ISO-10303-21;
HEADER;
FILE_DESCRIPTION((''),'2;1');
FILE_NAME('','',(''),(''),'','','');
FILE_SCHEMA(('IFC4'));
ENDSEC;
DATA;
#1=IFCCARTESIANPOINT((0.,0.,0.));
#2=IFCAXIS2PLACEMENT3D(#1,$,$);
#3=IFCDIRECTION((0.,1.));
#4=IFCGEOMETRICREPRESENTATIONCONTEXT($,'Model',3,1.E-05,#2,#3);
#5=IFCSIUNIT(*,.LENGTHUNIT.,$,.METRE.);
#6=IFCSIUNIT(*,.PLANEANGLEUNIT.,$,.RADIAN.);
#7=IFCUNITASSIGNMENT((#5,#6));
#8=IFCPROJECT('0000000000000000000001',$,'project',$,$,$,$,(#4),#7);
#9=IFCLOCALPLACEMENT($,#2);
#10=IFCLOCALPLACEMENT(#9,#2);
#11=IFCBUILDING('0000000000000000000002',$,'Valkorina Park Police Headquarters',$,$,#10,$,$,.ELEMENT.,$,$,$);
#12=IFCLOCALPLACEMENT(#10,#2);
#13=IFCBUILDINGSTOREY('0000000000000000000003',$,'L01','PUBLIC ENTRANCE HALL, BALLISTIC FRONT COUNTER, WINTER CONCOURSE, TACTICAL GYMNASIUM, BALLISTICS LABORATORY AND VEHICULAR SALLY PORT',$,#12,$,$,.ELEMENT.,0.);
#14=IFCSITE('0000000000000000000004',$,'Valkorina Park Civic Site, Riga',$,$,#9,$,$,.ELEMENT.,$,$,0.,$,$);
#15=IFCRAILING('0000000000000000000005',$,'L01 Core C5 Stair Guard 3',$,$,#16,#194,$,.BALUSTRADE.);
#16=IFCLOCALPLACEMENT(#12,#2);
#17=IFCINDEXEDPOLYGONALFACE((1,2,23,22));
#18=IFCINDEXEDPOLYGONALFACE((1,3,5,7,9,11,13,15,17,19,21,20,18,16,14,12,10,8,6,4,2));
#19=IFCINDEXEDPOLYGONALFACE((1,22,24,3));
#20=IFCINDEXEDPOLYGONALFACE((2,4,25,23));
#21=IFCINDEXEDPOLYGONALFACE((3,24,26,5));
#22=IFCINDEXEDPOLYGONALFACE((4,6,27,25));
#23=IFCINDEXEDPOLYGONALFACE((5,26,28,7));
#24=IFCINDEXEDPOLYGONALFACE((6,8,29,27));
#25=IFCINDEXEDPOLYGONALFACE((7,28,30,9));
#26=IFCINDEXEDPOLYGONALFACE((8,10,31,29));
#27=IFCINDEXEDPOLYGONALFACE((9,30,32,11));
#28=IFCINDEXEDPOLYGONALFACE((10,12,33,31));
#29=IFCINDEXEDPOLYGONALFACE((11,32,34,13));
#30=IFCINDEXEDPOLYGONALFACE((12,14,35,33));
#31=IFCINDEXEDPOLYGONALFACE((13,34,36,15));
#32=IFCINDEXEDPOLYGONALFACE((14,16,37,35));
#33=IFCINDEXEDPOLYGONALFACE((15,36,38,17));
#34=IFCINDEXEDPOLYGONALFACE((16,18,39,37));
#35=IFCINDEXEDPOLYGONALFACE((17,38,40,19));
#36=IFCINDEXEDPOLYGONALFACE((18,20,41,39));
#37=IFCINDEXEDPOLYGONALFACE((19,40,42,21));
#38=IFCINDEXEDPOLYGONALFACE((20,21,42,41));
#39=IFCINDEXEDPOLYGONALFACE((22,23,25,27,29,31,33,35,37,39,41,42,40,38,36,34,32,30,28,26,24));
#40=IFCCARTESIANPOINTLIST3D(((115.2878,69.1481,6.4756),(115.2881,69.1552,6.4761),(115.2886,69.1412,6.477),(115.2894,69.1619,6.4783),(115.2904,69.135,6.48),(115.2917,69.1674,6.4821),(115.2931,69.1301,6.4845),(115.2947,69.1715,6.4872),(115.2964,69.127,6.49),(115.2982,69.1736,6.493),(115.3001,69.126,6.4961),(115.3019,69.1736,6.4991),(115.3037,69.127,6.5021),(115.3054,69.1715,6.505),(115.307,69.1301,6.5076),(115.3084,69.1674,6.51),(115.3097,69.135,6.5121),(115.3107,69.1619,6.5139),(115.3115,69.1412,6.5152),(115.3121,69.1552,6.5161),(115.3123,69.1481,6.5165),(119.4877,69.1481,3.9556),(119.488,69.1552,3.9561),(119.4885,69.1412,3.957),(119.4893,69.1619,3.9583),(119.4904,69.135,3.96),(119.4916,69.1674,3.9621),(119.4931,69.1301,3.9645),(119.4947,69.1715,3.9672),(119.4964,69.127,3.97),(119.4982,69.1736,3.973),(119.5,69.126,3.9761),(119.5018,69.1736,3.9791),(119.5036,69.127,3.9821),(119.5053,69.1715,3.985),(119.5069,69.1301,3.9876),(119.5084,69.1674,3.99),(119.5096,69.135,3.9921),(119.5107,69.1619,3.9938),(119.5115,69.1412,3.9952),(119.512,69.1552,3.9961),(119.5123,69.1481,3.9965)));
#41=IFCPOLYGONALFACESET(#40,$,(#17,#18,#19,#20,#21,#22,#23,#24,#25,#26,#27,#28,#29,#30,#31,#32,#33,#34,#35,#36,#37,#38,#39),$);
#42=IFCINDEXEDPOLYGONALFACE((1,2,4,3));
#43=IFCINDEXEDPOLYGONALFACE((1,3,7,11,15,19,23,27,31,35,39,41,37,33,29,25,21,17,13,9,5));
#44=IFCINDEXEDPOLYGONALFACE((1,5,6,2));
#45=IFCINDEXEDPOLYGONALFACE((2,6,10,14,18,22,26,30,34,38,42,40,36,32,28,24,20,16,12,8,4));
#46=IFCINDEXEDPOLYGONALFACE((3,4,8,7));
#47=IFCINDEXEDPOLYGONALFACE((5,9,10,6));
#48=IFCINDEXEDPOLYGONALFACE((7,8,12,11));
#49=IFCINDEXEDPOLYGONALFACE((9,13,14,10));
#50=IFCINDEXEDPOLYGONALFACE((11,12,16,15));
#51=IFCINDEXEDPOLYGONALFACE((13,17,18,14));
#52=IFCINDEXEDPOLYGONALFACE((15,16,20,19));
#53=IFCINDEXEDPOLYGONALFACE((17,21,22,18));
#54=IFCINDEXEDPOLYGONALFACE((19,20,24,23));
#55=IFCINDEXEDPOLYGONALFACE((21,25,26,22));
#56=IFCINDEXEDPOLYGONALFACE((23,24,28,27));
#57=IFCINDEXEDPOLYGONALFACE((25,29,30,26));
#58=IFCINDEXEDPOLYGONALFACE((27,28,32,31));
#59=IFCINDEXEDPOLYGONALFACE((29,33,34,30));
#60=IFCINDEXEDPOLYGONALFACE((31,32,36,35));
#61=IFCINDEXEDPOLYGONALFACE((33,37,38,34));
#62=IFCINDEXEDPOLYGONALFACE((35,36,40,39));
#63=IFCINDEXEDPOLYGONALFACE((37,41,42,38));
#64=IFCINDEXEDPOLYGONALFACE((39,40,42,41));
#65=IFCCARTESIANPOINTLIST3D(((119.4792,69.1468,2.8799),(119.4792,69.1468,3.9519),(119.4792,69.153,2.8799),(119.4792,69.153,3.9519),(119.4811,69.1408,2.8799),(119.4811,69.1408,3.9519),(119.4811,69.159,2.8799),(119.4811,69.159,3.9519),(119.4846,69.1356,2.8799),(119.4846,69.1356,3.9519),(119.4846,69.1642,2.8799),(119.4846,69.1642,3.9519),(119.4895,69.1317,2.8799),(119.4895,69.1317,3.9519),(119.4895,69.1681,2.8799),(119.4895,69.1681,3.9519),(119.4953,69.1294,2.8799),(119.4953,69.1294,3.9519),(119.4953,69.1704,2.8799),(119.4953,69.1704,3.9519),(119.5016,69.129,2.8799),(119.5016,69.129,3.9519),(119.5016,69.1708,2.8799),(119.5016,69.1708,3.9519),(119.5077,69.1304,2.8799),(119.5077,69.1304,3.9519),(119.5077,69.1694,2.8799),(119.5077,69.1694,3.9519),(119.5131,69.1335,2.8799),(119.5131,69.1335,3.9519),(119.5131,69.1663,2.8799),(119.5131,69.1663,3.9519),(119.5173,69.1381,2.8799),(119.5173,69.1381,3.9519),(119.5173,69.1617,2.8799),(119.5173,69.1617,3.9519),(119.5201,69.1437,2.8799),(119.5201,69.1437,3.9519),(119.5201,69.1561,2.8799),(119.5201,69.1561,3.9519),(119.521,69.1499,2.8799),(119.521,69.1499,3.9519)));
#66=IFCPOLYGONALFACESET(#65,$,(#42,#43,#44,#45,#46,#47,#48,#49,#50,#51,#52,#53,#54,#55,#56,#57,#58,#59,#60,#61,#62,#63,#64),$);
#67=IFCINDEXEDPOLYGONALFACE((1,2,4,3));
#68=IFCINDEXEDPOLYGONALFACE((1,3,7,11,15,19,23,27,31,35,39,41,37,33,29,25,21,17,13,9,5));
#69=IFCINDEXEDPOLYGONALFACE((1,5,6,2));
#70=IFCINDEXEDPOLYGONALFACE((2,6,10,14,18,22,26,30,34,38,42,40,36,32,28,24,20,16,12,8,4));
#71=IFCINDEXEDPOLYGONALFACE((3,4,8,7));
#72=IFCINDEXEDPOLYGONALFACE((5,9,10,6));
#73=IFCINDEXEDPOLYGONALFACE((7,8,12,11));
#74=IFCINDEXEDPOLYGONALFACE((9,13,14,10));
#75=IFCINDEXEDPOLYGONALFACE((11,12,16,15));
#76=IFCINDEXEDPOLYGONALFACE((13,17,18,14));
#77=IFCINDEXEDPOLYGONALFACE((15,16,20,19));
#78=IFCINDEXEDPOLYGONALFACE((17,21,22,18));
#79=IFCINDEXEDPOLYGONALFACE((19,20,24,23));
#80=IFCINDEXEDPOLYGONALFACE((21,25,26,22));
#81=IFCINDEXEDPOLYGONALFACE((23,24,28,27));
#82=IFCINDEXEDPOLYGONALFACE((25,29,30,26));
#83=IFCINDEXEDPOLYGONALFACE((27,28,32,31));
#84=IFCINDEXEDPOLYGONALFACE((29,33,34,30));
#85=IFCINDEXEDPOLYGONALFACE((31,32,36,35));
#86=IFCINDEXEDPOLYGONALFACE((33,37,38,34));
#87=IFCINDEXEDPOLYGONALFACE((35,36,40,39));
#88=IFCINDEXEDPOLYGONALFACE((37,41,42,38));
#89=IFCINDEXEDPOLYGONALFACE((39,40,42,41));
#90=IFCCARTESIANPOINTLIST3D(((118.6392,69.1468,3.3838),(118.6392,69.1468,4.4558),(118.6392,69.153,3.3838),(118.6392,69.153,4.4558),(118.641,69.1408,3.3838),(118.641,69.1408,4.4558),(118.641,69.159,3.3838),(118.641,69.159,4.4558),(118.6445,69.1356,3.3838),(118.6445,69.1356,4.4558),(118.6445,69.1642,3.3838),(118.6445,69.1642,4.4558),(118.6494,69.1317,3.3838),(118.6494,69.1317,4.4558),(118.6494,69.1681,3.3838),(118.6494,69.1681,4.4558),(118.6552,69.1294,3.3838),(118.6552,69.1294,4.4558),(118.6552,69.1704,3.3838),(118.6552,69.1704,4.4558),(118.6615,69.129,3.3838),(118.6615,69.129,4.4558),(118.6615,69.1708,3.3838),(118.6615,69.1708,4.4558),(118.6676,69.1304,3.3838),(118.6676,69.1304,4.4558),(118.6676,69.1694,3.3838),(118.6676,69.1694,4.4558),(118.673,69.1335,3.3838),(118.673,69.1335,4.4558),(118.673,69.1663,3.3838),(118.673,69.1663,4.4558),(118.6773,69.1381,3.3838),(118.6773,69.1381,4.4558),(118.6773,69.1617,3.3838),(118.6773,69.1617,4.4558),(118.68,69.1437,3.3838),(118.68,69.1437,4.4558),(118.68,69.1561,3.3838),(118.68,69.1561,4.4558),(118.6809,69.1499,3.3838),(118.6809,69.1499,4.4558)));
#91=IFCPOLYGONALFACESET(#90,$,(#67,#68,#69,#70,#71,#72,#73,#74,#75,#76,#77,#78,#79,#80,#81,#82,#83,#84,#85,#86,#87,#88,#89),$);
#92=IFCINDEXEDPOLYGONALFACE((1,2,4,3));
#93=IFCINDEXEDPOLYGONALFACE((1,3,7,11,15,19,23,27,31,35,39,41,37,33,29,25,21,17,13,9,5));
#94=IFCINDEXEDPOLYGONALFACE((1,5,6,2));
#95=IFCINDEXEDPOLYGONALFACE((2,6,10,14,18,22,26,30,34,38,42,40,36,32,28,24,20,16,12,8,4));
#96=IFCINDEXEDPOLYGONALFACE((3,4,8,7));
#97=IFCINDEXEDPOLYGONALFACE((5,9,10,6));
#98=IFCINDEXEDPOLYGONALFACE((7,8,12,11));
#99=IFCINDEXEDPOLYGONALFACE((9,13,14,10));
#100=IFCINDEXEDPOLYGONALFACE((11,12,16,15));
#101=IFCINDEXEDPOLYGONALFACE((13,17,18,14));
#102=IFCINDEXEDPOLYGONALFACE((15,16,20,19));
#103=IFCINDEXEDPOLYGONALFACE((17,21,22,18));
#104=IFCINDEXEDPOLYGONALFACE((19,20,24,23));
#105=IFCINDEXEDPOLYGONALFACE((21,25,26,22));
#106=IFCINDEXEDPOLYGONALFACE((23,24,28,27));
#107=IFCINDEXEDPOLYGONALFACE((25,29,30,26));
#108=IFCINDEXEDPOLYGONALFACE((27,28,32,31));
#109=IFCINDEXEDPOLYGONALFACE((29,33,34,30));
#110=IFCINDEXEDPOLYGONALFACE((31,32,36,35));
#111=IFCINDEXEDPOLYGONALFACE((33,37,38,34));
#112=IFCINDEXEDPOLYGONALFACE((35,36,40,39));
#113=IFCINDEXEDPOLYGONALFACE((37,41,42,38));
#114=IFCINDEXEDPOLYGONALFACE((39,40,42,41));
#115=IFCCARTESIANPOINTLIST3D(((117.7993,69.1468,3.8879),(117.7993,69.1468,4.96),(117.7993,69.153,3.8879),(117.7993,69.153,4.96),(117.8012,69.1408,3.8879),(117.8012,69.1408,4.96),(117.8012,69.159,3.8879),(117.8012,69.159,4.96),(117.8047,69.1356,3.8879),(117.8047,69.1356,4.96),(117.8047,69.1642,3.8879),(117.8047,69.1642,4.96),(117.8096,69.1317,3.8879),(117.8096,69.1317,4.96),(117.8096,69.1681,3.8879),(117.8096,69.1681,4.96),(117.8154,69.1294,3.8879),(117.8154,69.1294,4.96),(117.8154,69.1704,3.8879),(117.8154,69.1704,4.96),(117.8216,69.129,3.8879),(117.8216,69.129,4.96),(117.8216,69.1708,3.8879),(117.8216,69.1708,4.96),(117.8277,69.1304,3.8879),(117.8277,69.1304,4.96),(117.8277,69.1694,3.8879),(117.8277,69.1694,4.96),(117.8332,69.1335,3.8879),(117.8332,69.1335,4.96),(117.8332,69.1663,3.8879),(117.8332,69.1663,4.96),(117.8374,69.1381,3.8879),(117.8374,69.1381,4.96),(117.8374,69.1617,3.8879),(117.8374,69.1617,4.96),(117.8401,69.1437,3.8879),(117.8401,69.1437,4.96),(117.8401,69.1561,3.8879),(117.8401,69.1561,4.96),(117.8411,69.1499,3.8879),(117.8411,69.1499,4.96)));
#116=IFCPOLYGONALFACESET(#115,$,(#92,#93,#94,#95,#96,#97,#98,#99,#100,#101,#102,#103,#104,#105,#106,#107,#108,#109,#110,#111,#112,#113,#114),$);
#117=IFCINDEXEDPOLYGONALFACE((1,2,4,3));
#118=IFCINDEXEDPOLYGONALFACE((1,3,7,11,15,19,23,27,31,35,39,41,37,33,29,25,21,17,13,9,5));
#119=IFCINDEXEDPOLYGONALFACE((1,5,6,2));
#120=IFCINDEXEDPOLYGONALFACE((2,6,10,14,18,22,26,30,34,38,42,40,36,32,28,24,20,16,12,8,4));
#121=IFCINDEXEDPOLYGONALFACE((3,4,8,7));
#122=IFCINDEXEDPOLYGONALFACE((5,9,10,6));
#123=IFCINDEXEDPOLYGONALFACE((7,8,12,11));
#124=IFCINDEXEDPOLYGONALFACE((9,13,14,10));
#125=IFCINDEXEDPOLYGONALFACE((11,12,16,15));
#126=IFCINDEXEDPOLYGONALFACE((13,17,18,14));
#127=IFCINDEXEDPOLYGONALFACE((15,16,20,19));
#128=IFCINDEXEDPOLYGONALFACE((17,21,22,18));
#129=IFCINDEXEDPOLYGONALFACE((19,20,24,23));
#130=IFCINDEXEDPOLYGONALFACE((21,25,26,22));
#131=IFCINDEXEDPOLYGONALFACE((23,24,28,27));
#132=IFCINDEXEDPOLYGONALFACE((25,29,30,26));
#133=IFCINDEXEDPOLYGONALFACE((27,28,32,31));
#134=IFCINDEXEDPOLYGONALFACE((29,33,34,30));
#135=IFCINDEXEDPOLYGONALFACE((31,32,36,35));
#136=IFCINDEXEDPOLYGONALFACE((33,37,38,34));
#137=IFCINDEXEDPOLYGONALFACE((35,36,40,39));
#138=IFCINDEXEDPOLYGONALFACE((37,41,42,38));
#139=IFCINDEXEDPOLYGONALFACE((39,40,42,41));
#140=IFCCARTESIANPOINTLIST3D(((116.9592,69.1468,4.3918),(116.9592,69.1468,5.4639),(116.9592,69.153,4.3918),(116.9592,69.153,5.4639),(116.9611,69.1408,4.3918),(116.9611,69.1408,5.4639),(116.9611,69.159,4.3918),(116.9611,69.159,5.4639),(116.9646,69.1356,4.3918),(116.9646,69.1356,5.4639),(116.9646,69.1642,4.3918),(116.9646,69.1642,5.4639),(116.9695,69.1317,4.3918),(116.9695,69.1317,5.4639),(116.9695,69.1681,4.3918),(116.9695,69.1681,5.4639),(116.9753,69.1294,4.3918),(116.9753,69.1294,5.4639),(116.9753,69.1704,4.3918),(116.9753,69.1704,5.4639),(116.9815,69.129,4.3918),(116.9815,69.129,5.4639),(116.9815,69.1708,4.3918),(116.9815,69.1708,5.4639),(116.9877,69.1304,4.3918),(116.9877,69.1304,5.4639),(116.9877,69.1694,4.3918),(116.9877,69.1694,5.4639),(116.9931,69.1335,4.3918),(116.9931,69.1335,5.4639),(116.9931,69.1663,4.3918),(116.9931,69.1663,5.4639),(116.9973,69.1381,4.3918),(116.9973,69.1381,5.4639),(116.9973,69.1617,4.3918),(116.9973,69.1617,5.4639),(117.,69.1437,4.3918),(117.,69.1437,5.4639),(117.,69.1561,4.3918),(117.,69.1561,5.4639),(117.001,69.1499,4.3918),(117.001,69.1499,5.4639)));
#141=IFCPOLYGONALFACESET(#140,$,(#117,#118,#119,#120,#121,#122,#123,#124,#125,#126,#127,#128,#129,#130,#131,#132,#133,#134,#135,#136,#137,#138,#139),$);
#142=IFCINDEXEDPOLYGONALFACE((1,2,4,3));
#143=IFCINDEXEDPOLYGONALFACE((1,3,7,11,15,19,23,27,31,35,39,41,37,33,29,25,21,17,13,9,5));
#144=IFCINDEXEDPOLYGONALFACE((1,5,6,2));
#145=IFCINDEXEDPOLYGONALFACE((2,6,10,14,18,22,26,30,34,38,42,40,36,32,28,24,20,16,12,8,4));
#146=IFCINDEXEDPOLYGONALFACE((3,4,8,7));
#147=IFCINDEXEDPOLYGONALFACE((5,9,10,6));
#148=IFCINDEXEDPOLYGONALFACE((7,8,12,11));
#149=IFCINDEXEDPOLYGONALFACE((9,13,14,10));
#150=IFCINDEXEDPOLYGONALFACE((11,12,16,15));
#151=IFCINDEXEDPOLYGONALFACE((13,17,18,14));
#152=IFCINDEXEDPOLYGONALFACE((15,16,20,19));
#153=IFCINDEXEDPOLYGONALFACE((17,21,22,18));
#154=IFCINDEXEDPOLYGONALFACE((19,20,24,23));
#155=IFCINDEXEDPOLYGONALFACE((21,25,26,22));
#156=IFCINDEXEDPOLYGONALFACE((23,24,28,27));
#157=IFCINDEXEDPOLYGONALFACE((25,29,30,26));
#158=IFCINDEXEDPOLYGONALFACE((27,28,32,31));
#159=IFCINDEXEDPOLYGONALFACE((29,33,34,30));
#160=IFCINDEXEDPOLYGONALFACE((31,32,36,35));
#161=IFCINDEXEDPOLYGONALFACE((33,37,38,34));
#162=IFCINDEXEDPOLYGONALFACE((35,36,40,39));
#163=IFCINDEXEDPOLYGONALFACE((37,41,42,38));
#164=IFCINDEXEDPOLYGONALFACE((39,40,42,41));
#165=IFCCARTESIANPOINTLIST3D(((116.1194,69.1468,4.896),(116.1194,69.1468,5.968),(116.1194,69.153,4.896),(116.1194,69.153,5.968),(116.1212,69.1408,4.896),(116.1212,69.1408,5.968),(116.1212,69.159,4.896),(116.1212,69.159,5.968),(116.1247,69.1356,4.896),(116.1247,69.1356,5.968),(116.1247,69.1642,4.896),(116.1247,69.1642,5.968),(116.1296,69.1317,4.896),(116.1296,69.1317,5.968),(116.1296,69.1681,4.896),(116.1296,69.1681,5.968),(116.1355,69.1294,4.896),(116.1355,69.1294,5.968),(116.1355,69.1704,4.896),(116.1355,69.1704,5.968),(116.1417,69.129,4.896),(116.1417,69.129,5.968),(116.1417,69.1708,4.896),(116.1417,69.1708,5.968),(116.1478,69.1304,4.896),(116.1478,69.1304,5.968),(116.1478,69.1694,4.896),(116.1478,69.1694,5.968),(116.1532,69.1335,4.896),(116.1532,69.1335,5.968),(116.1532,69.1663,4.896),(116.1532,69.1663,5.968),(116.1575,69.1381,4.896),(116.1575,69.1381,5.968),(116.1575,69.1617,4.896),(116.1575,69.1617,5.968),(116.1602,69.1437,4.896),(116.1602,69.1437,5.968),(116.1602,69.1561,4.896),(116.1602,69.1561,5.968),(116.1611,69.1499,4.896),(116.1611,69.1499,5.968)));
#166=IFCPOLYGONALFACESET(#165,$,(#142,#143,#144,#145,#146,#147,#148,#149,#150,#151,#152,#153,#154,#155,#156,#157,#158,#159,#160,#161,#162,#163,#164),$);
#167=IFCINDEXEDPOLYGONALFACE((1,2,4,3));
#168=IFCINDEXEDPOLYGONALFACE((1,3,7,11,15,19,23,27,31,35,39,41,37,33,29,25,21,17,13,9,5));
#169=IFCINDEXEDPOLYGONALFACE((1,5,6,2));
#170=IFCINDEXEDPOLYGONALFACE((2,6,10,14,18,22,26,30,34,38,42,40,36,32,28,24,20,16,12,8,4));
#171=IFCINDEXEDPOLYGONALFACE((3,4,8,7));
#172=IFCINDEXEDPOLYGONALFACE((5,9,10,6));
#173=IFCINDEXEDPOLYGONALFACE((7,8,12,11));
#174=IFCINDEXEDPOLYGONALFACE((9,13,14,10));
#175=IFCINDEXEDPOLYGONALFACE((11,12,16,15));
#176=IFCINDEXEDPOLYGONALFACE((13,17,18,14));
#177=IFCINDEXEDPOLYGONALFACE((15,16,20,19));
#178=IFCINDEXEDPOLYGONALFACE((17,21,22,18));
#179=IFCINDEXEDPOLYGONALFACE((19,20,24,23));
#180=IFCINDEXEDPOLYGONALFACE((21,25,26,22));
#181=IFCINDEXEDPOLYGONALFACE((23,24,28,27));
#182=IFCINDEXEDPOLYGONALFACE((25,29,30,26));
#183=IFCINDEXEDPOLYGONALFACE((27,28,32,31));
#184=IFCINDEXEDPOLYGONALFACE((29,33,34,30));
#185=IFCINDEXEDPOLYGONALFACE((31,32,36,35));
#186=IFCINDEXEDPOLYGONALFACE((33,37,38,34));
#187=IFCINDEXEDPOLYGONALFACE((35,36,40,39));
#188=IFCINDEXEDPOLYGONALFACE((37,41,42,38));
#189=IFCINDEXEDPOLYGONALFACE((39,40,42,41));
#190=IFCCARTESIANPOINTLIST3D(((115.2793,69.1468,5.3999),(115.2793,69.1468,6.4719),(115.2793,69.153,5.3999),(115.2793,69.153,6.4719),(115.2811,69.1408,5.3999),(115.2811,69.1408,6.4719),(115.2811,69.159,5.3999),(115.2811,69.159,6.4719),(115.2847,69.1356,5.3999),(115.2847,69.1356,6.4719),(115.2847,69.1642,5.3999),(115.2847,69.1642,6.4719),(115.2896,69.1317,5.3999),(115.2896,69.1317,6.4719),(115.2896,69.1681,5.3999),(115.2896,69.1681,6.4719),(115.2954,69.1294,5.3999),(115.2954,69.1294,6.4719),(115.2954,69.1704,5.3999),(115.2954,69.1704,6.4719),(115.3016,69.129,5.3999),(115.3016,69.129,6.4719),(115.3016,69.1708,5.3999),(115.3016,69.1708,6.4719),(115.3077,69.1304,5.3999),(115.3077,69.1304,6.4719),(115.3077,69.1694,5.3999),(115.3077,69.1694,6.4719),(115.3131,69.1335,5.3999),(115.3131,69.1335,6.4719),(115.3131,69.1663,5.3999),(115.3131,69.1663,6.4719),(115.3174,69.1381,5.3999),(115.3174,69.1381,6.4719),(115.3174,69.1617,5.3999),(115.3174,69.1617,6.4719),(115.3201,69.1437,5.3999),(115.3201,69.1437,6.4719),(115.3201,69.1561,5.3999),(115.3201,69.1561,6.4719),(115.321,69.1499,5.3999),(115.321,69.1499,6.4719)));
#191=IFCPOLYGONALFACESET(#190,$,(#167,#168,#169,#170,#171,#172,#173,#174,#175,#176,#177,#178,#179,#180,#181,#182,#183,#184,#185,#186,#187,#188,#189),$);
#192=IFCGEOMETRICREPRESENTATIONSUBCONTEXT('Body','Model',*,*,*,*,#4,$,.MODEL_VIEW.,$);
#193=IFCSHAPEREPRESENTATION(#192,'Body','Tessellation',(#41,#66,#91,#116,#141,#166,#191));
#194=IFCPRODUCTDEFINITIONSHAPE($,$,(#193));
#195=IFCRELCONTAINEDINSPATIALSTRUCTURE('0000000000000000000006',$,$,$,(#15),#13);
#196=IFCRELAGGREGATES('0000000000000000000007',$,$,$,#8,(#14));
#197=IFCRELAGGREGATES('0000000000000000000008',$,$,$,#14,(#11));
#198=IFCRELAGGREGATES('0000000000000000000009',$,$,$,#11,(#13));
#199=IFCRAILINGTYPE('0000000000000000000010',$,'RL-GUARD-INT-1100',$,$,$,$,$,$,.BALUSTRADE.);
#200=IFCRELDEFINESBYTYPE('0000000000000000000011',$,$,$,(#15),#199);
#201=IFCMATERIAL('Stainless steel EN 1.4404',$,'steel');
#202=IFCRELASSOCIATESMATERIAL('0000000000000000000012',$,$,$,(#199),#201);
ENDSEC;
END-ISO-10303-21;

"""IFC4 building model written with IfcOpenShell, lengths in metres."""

from ifc_helpers import new_model, si_unit, direction, frame, origin, origin_2d, place, context, subcontext, project, spatial, circle, extrude, material, type_object, element, save


model = new_model("IFC4")

# Units and contexts
model_context = context("Model", 3, precision=1e-05, world=origin(), true_north=direction((0.0, 1.0)))
body_context = subcontext(model_context, "Body", "Model", "MODEL_VIEW")
ifc_project = project(units=[si_unit("LENGTHUNIT", "METRE"), si_unit("PLANEANGLEUNIT", "RADIAN")], contexts=[model_context])

# Site, building, storey
site_placement = place(None, origin())
site = spatial("IfcSite", under=ifc_project, at=site_placement, Name="Valkorina Park Civic Site, Riga", CompositionType="ELEMENT", RefElevation=0.0)
building_placement = place(site_placement, origin())
building = spatial("IfcBuilding", under=site, at=building_placement, Name="Valkorina Park Police Headquarters", CompositionType="ELEMENT")
storey_placement = place(building_placement, origin())
storey = spatial("IfcBuildingStorey", under=building, at=storey_placement, Name="L01", Description="PUBLIC ENTRANCE HALL, BALLISTIC FRONT COUNTER, WINTER CONCOURSE, TACTICAL GYMNASIUM, BALLISTICS LABORATORY AND VEHICULAR SALLY PORT", CompositionType="ELEMENT", Elevation=0.0)

# Railing
ifc_material_1 = material(Name="Stainless steel EN 1.4404", Category="steel")
railing_type_1 = type_object("IfcRailingType", Name="RL-GUARD-INT-1100", PredefinedType="BALUSTRADE", material=ifc_material_1)
railing_1_placement = place(storey_placement, frame((119.5, 69.1499, 2.8799)))
element("IfcRailing", 1, at=railing_1_placement, inside=storey, type_object=railing_type_1, Name="L01 Core C5 Stair Guard 3", PredefinedType="BALUSTRADE", context=body_context, shape_type="SweptSolid", body=[
    extrude(circle(Radius=0.0239, at=origin_2d()), frame((0.0, 0.0, 1.0962), z_axis=(-0.857489, 0.0, 0.514503), x_axis=(0.0, -1.0, 0.0)), (0.0, 0.0, 1.0), 4.8979),
    extrude(circle(Radius=0.021, at=origin_2d()), origin(), (0.0, 0.0, 1.0), 1.072),
    extrude(circle(Radius=0.021, at=origin_2d()), frame((-0.8401, 0.0, 0.5039)), (0.0, 0.0, 1.0), 1.072),
    extrude(circle(Radius=0.021, at=origin_2d()), frame((-1.6799, 0.0, 1.0081)), (0.0, 0.0, 1.0), 1.072),
    extrude(circle(Radius=0.021, at=origin_2d()), frame((-2.52, 0.0, 1.512)), (0.0, 0.0, 1.0), 1.072),
    extrude(circle(Radius=0.021, at=origin_2d()), frame((-3.3599, 0.0, 2.0161)), (0.0, 0.0, 1.0), 1.072),
    extrude(circle(Radius=0.021, at=origin_2d()), frame((-4.2, 0.0, 2.52)), (0.0, 0.0, 1.0), 1.072),
])

save(model, "model.ifc")
